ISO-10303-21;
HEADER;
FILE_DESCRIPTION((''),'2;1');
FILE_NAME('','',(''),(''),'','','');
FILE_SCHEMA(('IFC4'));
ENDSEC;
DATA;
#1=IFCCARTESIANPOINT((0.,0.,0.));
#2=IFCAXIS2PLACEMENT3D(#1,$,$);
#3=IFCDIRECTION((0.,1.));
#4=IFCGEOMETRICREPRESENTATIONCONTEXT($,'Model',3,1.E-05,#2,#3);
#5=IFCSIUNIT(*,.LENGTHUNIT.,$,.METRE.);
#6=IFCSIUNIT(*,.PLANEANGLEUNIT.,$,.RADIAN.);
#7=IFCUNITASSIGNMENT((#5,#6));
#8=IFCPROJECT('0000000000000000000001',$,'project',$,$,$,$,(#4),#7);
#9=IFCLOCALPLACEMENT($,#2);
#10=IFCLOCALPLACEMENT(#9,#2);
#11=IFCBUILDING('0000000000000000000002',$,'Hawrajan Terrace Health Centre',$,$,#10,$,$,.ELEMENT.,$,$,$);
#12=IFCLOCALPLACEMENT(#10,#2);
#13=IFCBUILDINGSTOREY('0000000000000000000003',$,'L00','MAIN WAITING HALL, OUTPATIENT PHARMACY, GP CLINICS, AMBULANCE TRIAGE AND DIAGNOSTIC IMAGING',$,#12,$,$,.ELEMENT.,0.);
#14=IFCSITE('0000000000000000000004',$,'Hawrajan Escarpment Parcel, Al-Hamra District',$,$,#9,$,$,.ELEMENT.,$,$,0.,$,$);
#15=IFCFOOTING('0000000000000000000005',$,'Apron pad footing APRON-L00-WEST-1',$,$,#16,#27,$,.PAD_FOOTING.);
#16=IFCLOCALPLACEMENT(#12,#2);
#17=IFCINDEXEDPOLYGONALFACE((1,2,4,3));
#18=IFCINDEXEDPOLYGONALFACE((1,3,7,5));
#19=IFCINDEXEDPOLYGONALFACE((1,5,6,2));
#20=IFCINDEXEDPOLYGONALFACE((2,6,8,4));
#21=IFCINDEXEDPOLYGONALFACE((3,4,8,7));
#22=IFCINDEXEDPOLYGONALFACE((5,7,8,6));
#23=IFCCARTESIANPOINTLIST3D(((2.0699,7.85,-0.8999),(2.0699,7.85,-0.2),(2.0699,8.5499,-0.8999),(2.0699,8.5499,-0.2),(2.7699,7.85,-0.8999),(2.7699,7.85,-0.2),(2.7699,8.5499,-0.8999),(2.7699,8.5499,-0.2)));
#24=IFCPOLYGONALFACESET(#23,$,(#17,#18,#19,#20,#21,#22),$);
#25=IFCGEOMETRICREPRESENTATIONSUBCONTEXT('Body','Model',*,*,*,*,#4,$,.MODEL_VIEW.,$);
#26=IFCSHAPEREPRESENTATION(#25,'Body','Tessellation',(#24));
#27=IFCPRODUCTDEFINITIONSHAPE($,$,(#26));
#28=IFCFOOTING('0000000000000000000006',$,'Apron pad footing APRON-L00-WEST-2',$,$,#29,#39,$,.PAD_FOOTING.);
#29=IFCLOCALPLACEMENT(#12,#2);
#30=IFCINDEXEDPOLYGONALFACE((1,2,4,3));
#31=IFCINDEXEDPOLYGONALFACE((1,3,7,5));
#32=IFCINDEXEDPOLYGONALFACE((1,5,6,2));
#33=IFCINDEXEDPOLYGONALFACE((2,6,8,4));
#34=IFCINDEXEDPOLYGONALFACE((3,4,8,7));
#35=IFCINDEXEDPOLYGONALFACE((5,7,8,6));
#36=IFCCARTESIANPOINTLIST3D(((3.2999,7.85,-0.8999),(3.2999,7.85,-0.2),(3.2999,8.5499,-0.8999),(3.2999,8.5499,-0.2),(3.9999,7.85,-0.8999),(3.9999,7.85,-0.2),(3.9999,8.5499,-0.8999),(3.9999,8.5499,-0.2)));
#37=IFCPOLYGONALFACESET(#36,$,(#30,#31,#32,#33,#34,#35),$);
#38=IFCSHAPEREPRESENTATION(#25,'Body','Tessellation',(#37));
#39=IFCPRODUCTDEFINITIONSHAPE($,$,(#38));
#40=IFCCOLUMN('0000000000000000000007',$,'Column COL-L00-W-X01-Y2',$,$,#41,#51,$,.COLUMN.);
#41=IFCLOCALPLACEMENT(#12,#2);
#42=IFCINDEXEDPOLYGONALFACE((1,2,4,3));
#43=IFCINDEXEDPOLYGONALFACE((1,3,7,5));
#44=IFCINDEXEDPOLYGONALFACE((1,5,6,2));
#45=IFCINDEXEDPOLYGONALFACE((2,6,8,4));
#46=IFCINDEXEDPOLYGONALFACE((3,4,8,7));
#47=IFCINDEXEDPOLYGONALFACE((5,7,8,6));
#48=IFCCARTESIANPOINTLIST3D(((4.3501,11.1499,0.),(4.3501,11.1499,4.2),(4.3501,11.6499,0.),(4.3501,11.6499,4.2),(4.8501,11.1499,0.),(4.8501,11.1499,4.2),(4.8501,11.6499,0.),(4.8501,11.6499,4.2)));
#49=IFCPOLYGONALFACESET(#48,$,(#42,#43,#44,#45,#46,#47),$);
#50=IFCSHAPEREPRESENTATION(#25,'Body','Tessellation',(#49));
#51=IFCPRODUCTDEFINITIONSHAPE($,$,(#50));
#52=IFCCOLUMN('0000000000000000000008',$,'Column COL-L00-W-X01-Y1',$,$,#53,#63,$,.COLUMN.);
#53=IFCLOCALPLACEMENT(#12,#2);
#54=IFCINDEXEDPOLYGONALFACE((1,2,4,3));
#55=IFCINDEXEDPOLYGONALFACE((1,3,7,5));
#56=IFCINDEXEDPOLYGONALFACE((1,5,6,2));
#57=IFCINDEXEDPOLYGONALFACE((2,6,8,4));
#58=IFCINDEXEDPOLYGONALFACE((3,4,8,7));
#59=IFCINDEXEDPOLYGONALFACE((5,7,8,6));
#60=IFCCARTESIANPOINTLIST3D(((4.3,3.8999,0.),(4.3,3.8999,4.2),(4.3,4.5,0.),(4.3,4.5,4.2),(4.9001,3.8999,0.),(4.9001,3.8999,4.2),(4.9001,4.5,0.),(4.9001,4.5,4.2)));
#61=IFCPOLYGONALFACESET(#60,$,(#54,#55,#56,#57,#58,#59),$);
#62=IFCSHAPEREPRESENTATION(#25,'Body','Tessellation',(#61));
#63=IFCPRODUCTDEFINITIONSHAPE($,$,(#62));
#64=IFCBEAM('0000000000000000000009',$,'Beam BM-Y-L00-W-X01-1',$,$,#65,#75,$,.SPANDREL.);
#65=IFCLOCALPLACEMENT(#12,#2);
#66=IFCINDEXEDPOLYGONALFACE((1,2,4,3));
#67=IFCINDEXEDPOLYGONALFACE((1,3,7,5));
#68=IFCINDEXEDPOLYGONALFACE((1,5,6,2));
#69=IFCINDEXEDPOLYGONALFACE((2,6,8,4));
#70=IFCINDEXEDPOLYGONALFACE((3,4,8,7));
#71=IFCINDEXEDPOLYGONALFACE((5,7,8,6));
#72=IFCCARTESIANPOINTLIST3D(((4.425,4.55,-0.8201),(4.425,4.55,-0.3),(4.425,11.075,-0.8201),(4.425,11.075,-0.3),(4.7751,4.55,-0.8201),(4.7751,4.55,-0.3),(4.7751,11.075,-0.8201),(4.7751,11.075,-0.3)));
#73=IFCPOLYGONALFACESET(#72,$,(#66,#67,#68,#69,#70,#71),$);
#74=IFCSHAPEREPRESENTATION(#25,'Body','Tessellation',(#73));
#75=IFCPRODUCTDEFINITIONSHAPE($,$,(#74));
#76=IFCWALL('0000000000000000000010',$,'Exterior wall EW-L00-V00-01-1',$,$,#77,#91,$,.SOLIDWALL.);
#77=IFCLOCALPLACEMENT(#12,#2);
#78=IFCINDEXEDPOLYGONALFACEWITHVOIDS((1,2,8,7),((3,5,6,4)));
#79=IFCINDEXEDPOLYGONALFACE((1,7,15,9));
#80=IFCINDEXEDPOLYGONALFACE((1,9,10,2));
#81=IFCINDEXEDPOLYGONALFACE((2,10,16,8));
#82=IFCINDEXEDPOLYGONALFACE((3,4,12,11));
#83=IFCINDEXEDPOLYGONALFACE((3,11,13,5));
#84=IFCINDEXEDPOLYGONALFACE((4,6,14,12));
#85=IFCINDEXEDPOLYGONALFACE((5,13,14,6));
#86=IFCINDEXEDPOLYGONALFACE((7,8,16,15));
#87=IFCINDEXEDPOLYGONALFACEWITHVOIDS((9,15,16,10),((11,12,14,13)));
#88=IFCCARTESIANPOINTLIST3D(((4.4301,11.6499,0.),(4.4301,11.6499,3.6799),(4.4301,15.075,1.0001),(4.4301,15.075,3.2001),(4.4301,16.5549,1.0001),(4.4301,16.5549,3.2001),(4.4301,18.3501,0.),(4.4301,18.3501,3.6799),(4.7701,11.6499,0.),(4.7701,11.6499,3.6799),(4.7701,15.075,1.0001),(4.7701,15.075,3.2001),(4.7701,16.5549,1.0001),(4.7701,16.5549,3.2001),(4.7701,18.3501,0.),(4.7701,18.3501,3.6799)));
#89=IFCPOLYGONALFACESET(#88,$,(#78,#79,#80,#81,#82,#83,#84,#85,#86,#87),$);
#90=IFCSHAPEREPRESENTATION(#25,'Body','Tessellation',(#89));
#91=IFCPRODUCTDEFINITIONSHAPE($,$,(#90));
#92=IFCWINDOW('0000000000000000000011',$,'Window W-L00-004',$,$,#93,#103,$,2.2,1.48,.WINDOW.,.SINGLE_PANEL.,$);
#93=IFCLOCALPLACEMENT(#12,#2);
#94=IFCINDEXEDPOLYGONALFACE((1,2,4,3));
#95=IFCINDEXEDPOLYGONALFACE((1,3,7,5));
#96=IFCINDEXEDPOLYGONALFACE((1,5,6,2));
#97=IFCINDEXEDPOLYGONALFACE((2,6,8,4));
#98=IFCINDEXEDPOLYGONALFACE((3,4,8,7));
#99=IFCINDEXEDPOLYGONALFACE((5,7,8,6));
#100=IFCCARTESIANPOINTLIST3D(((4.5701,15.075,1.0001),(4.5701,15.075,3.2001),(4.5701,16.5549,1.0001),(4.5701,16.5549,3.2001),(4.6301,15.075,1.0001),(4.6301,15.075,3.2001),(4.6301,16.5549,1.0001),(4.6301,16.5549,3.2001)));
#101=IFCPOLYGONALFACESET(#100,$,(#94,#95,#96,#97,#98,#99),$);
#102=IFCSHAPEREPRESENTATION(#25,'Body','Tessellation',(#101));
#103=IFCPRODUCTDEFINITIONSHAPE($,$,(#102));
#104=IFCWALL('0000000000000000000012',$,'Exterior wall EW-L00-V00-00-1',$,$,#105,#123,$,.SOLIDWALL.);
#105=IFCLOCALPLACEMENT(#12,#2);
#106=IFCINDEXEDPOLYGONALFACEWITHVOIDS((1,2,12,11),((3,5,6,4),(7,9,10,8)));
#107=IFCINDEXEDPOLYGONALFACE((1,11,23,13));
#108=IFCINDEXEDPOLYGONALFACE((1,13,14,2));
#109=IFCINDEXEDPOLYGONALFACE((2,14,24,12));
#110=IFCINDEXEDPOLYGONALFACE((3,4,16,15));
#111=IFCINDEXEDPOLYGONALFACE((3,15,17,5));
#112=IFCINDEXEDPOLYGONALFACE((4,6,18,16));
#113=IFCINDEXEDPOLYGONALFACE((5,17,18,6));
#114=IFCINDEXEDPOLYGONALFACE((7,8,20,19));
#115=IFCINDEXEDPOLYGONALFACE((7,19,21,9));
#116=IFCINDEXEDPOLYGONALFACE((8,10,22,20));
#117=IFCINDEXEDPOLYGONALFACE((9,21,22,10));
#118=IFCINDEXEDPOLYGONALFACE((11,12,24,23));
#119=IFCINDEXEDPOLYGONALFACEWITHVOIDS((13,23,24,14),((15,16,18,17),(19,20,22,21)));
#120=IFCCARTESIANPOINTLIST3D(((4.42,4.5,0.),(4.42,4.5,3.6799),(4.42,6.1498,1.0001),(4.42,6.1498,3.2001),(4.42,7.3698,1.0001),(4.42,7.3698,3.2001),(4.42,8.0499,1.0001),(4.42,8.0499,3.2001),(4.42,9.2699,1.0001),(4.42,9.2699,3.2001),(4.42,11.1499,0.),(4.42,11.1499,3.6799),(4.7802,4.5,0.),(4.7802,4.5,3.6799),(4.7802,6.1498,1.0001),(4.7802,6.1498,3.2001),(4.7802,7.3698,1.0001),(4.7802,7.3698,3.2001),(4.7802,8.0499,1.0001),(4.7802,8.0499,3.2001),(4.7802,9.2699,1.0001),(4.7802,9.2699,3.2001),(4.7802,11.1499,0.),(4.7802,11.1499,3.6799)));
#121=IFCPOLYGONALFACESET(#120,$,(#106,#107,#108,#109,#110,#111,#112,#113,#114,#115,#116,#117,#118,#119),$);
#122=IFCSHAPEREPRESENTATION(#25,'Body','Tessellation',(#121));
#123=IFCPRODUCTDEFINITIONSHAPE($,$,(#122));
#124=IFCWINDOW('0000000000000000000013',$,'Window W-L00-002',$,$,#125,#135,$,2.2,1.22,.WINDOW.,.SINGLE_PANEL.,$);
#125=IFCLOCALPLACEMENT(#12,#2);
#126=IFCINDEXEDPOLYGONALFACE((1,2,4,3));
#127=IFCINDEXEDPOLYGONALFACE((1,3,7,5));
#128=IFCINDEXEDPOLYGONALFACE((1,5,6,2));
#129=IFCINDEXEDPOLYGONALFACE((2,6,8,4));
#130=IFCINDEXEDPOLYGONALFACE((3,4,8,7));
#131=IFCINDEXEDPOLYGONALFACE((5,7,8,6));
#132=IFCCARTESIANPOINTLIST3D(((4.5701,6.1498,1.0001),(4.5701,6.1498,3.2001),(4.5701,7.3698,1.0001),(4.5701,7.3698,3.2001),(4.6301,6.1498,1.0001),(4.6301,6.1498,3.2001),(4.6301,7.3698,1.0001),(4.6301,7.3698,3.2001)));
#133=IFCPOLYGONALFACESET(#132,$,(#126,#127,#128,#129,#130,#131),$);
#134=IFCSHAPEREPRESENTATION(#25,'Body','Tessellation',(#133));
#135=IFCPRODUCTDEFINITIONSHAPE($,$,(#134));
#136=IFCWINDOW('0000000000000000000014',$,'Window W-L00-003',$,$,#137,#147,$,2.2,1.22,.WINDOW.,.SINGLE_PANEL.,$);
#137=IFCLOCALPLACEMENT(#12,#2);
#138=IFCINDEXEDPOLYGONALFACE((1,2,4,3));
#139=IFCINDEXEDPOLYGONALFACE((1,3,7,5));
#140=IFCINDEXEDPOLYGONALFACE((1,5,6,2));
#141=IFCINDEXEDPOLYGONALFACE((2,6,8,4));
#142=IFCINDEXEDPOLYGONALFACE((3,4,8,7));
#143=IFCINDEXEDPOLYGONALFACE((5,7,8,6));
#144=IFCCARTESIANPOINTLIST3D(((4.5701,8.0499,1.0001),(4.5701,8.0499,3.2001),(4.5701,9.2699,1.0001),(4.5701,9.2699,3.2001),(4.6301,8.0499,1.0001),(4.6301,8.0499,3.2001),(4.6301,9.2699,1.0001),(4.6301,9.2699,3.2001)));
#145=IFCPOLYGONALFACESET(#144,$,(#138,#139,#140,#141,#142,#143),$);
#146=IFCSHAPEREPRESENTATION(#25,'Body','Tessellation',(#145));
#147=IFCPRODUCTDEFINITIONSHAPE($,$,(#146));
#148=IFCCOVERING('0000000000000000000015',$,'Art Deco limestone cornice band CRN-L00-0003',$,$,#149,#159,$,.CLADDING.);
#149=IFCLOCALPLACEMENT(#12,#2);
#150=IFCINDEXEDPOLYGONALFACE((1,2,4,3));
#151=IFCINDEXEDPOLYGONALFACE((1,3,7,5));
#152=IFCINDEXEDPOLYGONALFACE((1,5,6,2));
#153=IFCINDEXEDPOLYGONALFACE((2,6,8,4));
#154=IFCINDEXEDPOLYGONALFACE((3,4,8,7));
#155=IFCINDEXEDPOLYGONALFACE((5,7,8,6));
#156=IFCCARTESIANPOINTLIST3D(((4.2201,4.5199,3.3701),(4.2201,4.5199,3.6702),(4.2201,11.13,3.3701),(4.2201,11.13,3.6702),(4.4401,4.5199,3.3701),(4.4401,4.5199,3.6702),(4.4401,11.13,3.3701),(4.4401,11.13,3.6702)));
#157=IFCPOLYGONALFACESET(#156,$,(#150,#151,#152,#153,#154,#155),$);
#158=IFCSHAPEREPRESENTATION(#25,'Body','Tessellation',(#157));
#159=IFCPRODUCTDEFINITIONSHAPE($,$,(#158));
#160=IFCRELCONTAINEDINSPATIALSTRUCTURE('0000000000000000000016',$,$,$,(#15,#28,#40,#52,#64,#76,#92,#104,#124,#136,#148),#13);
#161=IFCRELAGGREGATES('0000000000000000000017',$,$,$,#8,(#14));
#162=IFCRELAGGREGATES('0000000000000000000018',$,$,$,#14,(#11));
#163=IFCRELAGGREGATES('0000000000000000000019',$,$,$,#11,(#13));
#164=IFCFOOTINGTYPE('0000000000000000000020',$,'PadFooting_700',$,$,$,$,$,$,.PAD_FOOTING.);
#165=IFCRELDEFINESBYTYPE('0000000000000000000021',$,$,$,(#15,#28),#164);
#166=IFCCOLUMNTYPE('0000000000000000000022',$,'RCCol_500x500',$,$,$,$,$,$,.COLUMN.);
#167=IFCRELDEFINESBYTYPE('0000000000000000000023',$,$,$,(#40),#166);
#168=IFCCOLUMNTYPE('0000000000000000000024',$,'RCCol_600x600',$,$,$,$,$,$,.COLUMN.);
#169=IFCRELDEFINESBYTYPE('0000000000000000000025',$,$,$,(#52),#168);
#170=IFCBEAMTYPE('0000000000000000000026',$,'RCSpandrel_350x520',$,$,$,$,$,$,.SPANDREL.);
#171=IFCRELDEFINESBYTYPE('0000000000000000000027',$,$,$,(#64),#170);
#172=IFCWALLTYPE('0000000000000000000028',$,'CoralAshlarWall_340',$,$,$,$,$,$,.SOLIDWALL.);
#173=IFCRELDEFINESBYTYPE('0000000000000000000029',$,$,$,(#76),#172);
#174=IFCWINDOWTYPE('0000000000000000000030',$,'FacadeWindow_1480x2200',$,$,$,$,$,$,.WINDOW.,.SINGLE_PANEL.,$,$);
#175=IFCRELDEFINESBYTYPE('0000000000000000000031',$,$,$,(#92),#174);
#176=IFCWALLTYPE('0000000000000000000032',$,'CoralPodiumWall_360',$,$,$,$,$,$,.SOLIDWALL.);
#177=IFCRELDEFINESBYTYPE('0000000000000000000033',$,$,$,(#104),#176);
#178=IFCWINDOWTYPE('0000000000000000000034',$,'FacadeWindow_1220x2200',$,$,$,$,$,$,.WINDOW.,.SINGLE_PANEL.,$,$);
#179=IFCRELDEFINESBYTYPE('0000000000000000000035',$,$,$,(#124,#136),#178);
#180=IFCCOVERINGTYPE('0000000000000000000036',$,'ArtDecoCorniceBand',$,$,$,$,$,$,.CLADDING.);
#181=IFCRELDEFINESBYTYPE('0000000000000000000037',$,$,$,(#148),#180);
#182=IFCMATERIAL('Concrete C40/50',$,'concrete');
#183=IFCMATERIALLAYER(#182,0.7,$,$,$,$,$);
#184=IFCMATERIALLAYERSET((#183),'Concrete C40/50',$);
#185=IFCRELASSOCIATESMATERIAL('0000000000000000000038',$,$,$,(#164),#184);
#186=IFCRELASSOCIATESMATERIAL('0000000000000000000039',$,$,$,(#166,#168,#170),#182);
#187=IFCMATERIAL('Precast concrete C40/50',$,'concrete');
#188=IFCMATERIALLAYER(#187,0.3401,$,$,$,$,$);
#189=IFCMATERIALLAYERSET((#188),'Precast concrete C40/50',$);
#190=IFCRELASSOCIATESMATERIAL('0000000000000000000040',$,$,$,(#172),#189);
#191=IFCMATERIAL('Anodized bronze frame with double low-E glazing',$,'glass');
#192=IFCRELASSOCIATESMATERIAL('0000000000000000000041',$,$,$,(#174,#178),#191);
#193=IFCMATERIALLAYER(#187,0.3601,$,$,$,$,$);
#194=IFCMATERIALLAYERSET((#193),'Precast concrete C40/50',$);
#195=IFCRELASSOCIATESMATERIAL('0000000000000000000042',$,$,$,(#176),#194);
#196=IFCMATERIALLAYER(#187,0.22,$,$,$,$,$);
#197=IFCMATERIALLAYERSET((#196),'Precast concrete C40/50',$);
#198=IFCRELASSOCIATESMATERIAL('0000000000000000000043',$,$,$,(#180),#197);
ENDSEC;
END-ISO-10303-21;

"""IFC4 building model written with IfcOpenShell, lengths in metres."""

from ifc_helpers import new_model, si_unit, direction, frame, frame_2d, origin, origin_2d, place, context, subcontext, project, spatial, rectangle, extrude, material, layer, layer_set, material_profile, profile_set, type_object, element, fill, save


model = new_model("IFC4")

# Units and contexts
model_context = context("Model", 3, precision=1e-05, world=origin(), true_north=direction((0.0, 1.0)))
body_context = subcontext(model_context, "Body", "Model", "MODEL_VIEW")
ifc_project = project(units=[si_unit("LENGTHUNIT", "METRE"), si_unit("PLANEANGLEUNIT", "RADIAN")], contexts=[model_context])

# Site, building, storey
site_placement = place(None, origin())
site = spatial("IfcSite", under=ifc_project, at=site_placement, Name="Hawrajan Escarpment Parcel, Al-Hamra District", CompositionType="ELEMENT", RefElevation=0.0)
building_placement = place(site_placement, origin())
building = spatial("IfcBuilding", under=site, at=building_placement, Name="Hawrajan Terrace Health Centre", CompositionType="ELEMENT")
storey_placement = place(building_placement, origin())
storey = spatial("IfcBuildingStorey", under=building, at=storey_placement, Name="L00", Description="MAIN WAITING HALL, OUTPATIENT PHARMACY, GP CLINICS, AMBULANCE TRIAGE AND DIAGNOSTIC IMAGING", CompositionType="ELEMENT", Elevation=0.0)

# Footings
ifc_material_1 = material(Name="Concrete C40/50", Category="concrete")
ifc_layer_1 = layer(ifc_material_1, 0.7)
ifc_layer_set_1 = layer_set([ifc_layer_1], Name="Concrete C40/50")
footing_type = type_object("IfcFootingType", Name="PadFooting_700", PredefinedType="PAD_FOOTING", material=ifc_layer_set_1)
for number, where, z_axis, x_axis, name in (
    (1, (2.4199, 8.2, -0.8999), (0.0, 0.0, 1.0), (1.0, 0.0, 0.0), "Apron pad footing APRON-L00-WEST-1"),
    (2, (3.6499, 8.2, -0.8999), (0.0, 0.0, 1.0), (1.0, 0.0, 0.0), "Apron pad footing APRON-L00-WEST-2"),
):
    element("IfcFooting", number, at=place(storey_placement, frame(where, z_axis=z_axis, x_axis=x_axis)), inside=storey, type_object=footing_type, Name=name, PredefinedType="PAD_FOOTING", context=body_context, shape_type="SweptSolid", body=[
        extrude(rectangle(XDim=0.7, YDim=0.7, at=origin_2d()), origin(), (0.0, 0.0, 1.0), 0.7),
    ])

# Columns
ifc_material_profile_1 = material_profile(ifc_material_1, rectangle(XDim=0.5, YDim=0.5, at=origin_2d()), Name="RC 500x500")
ifc_profile_set_1 = profile_set([ifc_material_profile_1], Name="Concrete C40/50")
column_type_1 = type_object("IfcColumnType", Name="RCCol_500x500", PredefinedType="COLUMN", material=ifc_profile_set_1)
column_1_placement = place(storey_placement, frame((4.6001, 11.3999, 0.0), z_axis=(0.0, 0.0, 1.0), x_axis=(1.0, 0.0, 0.0)))
element("IfcColumn", 3, at=column_1_placement, inside=storey, type_object=column_type_1, Name="Column COL-L00-W-X01-Y2", PredefinedType="COLUMN", context=body_context, shape_type="SweptSolid", body=[
    extrude(rectangle(XDim=0.5, YDim=0.5, at=origin_2d()), origin(), (0.0, 0.0, 1.0), 4.2),
])
ifc_material_profile_2 = material_profile(ifc_material_1, rectangle(XDim=0.6001, YDim=0.6001, at=origin_2d()), Name="RC 600x600")
ifc_profile_set_2 = profile_set([ifc_material_profile_2], Name="Concrete C40/50")
column_type_2 = type_object("IfcColumnType", Name="RCCol_600x600", PredefinedType="COLUMN", material=ifc_profile_set_2)
column_2_placement = place(storey_placement, frame((4.6001, 4.2, 0.0), z_axis=(0.0, 0.0, 1.0), x_axis=(1.0, 0.0, 0.0)))
element("IfcColumn", 4, at=column_2_placement, inside=storey, type_object=column_type_2, Name="Column COL-L00-W-X01-Y1", PredefinedType="COLUMN", context=body_context, shape_type="SweptSolid", body=[
    extrude(rectangle(XDim=0.6001, YDim=0.6001, at=origin_2d()), origin(), (0.0, 0.0, 1.0), 4.2),
])

# Beam
ifc_material_profile_3 = material_profile(ifc_material_1, rectangle(XDim=0.3501, YDim=0.52, at=origin_2d()), Name="RC SP 350x520")
ifc_profile_set_3 = profile_set([ifc_material_profile_3], Name="Concrete C40/50")
beam_type = type_object("IfcBeamType", Name="RCSpandrel_350x520", PredefinedType="SPANDREL", material=ifc_profile_set_3)
beam_placement = place(storey_placement, frame((4.6001, 4.55, -0.5601), z_axis=(0.0, 1.0, 0.0), x_axis=(-1.0, 0.0, 0.0)))
element("IfcBeam", 5, at=beam_placement, inside=storey, type_object=beam_type, Name="Beam BM-Y-L00-W-X01-1", PredefinedType="SPANDREL", context=body_context, shape_type="SweptSolid", body=[
    extrude(rectangle(XDim=0.3501, YDim=0.52, at=origin_2d()), origin(), (0.0, 0.0, 1.0), 6.5249),
])

# Wall, opening, window
ifc_material_2 = material(Name="Precast concrete C40/50", Category="concrete")
ifc_layer_2 = layer(ifc_material_2, 0.3401)
ifc_layer_set_2 = layer_set([ifc_layer_2], Name="Precast concrete C40/50")
wall_type_1 = type_object("IfcWallType", Name="CoralAshlarWall_340", PredefinedType="SOLIDWALL", material=ifc_layer_set_2)
wall_1_placement = place(storey_placement, frame((4.6001, 11.6499, 0.0), z_axis=(0.0, 0.0, 1.0), x_axis=(0.0, 1.0, 0.0)))
wall_1 = element("IfcWall", 6, at=wall_1_placement, inside=storey, type_object=wall_type_1, Name="Exterior wall EW-L00-V00-01-1", PredefinedType="SOLIDWALL", context=body_context, shape_type="SweptSolid", body=[
    extrude(rectangle(XDim=6.7002, YDim=0.3401, at=frame_2d((3.3501, 0.0))), origin(), (0.0, 0.0, 1.0), 3.6799),
])
opening_1_placement = place(wall_1_placement, frame((3.425, 0.0, 1.0)))
opening_1 = element("IfcOpeningElement", 7, at=opening_1_placement, cuts=wall_1, PredefinedType="OPENING", context=body_context, shape_type="SweptSolid", body=[
    extrude(rectangle(XDim=1.48, YDim=2.2, at=frame_2d((0.74, 1.1001))), frame((0.0, 0.1799, 0.0), z_axis=(0.0, -1.0, 0.0), x_axis=(1.0, 0.0, 0.0)), (0.0, 0.0, 1.0), 0.3601),
])
ifc_material_3 = material(Name="Anodized bronze frame with double low-E glazing", Category="glass")
window_type_1 = type_object("IfcWindowType", Name="FacadeWindow_1480x2200", PartitioningType="SINGLE_PANEL", PredefinedType="WINDOW", material=ifc_material_3)
window_1_placement = place(opening_1_placement, origin())
window_1 = element("IfcWindow", 8, at=window_1_placement, inside=storey, type_object=window_type_1, Name="Window W-L00-004", OverallHeight=2.2, OverallWidth=1.48, PartitioningType="SINGLE_PANEL", PredefinedType="WINDOW", context=body_context, shape_type="SweptSolid", body=[
    extrude(rectangle(XDim=1.48, YDim=2.2, at=frame_2d((0.74, 1.1001))), frame((0.0, 0.03, 0.0), z_axis=(0.0, -1.0, 0.0), x_axis=(1.0, 0.0, 0.0)), (0.0, 0.0, 1.0), 0.0601),
])
fill(opening_1, window_1)

# Wall, openings, windows
ifc_layer_3 = layer(ifc_material_2, 0.3601)
ifc_layer_set_3 = layer_set([ifc_layer_3], Name="Precast concrete C40/50")
wall_type_2 = type_object("IfcWallType", Name="CoralPodiumWall_360", PredefinedType="SOLIDWALL", material=ifc_layer_set_3)
wall_2_placement = place(storey_placement, frame((4.6001, 4.5, 0.0), z_axis=(0.0, 0.0, 1.0), x_axis=(0.0, 1.0, 0.0)))
wall_2 = element("IfcWall", 9, at=wall_2_placement, inside=storey, type_object=wall_type_2, Name="Exterior wall EW-L00-V00-00-1", PredefinedType="SOLIDWALL", context=body_context, shape_type="SweptSolid", body=[
    extrude(rectangle(XDim=6.6499, YDim=0.3601, at=frame_2d((3.325, 0.0))), origin(), (0.0, 0.0, 1.0), 3.6799),
])
opening_2_placement = place(wall_2_placement, frame((1.6499, 0.0, 1.0)))
opening_2 = element("IfcOpeningElement", 10, at=opening_2_placement, cuts=wall_2, PredefinedType="OPENING", context=body_context, shape_type="SweptSolid", body=[
    extrude(rectangle(XDim=1.22, YDim=2.2, at=frame_2d((0.6099, 1.1001))), frame((0.0, 0.1899, 0.0), z_axis=(0.0, -1.0, 0.0), x_axis=(1.0, 0.0, 0.0)), (0.0, 0.0, 1.0), 0.3801),
])
opening_3_placement = place(wall_2_placement, frame((3.55, 0.0, 1.0)))
opening_3 = element("IfcOpeningElement", 11, at=opening_3_placement, cuts=wall_2, PredefinedType="OPENING", context=body_context, shape_type="SweptSolid", body=[
    extrude(rectangle(XDim=1.22, YDim=2.2, at=frame_2d((0.6099, 1.1001))), frame((0.0, 0.1899, 0.0), z_axis=(0.0, -1.0, 0.0), x_axis=(1.0, 0.0, 0.0)), (0.0, 0.0, 1.0), 0.3801),
])
window_type_2 = type_object("IfcWindowType", Name="FacadeWindow_1220x2200", PartitioningType="SINGLE_PANEL", PredefinedType="WINDOW", material=ifc_material_3)
window_2_placement = place(opening_2_placement, origin())
window_2 = element("IfcWindow", 12, at=window_2_placement, inside=storey, type_object=window_type_2, Name="Window W-L00-002", OverallHeight=2.2, OverallWidth=1.22, PartitioningType="SINGLE_PANEL", PredefinedType="WINDOW", context=body_context, shape_type="SweptSolid", body=[
    extrude(rectangle(XDim=1.22, YDim=2.2, at=frame_2d((0.6099, 1.1001))), frame((0.0, 0.03, 0.0), z_axis=(0.0, -1.0, 0.0), x_axis=(1.0, 0.0, 0.0)), (0.0, 0.0, 1.0), 0.0601),
])
fill(opening_2, window_2)
window_3_placement = place(opening_3_placement, origin())
window_3 = element("IfcWindow", 13, at=window_3_placement, inside=storey, type_object=window_type_2, Name="Window W-L00-003", OverallHeight=2.2, OverallWidth=1.22, PartitioningType="SINGLE_PANEL", PredefinedType="WINDOW", context=body_context, shape_type="SweptSolid", body=[
    extrude(rectangle(XDim=1.22, YDim=2.2, at=frame_2d((0.6099, 1.1001))), frame((0.0, 0.03, 0.0), z_axis=(0.0, -1.0, 0.0), x_axis=(1.0, 0.0, 0.0)), (0.0, 0.0, 1.0), 0.0601),
])
fill(opening_3, window_3)

# Covering
ifc_layer_4 = layer(ifc_material_2, 0.22)
ifc_layer_set_4 = layer_set([ifc_layer_4], Name="Precast concrete C40/50")
covering_type_1 = type_object("IfcCoveringType", Name="ArtDecoCorniceBand", PredefinedType="CLADDING", material=ifc_layer_set_4)
covering_1_placement = place(storey_placement, frame((4.3301, 7.825, 3.3701), z_axis=(0.0, 0.0, 1.0), x_axis=(0.0, 1.0, 0.0)))
element("IfcCovering", 14, at=covering_1_placement, inside=storey, type_object=covering_type_1, Name="Art Deco limestone cornice band CRN-L00-0003", PredefinedType="CLADDING", context=body_context, shape_type="SweptSolid", body=[
    extrude(rectangle(XDim=6.6101, YDim=0.22, at=origin_2d()), origin(), (0.0, 0.0, 1.0), 0.3),
])

save(model, "model.ifc")
